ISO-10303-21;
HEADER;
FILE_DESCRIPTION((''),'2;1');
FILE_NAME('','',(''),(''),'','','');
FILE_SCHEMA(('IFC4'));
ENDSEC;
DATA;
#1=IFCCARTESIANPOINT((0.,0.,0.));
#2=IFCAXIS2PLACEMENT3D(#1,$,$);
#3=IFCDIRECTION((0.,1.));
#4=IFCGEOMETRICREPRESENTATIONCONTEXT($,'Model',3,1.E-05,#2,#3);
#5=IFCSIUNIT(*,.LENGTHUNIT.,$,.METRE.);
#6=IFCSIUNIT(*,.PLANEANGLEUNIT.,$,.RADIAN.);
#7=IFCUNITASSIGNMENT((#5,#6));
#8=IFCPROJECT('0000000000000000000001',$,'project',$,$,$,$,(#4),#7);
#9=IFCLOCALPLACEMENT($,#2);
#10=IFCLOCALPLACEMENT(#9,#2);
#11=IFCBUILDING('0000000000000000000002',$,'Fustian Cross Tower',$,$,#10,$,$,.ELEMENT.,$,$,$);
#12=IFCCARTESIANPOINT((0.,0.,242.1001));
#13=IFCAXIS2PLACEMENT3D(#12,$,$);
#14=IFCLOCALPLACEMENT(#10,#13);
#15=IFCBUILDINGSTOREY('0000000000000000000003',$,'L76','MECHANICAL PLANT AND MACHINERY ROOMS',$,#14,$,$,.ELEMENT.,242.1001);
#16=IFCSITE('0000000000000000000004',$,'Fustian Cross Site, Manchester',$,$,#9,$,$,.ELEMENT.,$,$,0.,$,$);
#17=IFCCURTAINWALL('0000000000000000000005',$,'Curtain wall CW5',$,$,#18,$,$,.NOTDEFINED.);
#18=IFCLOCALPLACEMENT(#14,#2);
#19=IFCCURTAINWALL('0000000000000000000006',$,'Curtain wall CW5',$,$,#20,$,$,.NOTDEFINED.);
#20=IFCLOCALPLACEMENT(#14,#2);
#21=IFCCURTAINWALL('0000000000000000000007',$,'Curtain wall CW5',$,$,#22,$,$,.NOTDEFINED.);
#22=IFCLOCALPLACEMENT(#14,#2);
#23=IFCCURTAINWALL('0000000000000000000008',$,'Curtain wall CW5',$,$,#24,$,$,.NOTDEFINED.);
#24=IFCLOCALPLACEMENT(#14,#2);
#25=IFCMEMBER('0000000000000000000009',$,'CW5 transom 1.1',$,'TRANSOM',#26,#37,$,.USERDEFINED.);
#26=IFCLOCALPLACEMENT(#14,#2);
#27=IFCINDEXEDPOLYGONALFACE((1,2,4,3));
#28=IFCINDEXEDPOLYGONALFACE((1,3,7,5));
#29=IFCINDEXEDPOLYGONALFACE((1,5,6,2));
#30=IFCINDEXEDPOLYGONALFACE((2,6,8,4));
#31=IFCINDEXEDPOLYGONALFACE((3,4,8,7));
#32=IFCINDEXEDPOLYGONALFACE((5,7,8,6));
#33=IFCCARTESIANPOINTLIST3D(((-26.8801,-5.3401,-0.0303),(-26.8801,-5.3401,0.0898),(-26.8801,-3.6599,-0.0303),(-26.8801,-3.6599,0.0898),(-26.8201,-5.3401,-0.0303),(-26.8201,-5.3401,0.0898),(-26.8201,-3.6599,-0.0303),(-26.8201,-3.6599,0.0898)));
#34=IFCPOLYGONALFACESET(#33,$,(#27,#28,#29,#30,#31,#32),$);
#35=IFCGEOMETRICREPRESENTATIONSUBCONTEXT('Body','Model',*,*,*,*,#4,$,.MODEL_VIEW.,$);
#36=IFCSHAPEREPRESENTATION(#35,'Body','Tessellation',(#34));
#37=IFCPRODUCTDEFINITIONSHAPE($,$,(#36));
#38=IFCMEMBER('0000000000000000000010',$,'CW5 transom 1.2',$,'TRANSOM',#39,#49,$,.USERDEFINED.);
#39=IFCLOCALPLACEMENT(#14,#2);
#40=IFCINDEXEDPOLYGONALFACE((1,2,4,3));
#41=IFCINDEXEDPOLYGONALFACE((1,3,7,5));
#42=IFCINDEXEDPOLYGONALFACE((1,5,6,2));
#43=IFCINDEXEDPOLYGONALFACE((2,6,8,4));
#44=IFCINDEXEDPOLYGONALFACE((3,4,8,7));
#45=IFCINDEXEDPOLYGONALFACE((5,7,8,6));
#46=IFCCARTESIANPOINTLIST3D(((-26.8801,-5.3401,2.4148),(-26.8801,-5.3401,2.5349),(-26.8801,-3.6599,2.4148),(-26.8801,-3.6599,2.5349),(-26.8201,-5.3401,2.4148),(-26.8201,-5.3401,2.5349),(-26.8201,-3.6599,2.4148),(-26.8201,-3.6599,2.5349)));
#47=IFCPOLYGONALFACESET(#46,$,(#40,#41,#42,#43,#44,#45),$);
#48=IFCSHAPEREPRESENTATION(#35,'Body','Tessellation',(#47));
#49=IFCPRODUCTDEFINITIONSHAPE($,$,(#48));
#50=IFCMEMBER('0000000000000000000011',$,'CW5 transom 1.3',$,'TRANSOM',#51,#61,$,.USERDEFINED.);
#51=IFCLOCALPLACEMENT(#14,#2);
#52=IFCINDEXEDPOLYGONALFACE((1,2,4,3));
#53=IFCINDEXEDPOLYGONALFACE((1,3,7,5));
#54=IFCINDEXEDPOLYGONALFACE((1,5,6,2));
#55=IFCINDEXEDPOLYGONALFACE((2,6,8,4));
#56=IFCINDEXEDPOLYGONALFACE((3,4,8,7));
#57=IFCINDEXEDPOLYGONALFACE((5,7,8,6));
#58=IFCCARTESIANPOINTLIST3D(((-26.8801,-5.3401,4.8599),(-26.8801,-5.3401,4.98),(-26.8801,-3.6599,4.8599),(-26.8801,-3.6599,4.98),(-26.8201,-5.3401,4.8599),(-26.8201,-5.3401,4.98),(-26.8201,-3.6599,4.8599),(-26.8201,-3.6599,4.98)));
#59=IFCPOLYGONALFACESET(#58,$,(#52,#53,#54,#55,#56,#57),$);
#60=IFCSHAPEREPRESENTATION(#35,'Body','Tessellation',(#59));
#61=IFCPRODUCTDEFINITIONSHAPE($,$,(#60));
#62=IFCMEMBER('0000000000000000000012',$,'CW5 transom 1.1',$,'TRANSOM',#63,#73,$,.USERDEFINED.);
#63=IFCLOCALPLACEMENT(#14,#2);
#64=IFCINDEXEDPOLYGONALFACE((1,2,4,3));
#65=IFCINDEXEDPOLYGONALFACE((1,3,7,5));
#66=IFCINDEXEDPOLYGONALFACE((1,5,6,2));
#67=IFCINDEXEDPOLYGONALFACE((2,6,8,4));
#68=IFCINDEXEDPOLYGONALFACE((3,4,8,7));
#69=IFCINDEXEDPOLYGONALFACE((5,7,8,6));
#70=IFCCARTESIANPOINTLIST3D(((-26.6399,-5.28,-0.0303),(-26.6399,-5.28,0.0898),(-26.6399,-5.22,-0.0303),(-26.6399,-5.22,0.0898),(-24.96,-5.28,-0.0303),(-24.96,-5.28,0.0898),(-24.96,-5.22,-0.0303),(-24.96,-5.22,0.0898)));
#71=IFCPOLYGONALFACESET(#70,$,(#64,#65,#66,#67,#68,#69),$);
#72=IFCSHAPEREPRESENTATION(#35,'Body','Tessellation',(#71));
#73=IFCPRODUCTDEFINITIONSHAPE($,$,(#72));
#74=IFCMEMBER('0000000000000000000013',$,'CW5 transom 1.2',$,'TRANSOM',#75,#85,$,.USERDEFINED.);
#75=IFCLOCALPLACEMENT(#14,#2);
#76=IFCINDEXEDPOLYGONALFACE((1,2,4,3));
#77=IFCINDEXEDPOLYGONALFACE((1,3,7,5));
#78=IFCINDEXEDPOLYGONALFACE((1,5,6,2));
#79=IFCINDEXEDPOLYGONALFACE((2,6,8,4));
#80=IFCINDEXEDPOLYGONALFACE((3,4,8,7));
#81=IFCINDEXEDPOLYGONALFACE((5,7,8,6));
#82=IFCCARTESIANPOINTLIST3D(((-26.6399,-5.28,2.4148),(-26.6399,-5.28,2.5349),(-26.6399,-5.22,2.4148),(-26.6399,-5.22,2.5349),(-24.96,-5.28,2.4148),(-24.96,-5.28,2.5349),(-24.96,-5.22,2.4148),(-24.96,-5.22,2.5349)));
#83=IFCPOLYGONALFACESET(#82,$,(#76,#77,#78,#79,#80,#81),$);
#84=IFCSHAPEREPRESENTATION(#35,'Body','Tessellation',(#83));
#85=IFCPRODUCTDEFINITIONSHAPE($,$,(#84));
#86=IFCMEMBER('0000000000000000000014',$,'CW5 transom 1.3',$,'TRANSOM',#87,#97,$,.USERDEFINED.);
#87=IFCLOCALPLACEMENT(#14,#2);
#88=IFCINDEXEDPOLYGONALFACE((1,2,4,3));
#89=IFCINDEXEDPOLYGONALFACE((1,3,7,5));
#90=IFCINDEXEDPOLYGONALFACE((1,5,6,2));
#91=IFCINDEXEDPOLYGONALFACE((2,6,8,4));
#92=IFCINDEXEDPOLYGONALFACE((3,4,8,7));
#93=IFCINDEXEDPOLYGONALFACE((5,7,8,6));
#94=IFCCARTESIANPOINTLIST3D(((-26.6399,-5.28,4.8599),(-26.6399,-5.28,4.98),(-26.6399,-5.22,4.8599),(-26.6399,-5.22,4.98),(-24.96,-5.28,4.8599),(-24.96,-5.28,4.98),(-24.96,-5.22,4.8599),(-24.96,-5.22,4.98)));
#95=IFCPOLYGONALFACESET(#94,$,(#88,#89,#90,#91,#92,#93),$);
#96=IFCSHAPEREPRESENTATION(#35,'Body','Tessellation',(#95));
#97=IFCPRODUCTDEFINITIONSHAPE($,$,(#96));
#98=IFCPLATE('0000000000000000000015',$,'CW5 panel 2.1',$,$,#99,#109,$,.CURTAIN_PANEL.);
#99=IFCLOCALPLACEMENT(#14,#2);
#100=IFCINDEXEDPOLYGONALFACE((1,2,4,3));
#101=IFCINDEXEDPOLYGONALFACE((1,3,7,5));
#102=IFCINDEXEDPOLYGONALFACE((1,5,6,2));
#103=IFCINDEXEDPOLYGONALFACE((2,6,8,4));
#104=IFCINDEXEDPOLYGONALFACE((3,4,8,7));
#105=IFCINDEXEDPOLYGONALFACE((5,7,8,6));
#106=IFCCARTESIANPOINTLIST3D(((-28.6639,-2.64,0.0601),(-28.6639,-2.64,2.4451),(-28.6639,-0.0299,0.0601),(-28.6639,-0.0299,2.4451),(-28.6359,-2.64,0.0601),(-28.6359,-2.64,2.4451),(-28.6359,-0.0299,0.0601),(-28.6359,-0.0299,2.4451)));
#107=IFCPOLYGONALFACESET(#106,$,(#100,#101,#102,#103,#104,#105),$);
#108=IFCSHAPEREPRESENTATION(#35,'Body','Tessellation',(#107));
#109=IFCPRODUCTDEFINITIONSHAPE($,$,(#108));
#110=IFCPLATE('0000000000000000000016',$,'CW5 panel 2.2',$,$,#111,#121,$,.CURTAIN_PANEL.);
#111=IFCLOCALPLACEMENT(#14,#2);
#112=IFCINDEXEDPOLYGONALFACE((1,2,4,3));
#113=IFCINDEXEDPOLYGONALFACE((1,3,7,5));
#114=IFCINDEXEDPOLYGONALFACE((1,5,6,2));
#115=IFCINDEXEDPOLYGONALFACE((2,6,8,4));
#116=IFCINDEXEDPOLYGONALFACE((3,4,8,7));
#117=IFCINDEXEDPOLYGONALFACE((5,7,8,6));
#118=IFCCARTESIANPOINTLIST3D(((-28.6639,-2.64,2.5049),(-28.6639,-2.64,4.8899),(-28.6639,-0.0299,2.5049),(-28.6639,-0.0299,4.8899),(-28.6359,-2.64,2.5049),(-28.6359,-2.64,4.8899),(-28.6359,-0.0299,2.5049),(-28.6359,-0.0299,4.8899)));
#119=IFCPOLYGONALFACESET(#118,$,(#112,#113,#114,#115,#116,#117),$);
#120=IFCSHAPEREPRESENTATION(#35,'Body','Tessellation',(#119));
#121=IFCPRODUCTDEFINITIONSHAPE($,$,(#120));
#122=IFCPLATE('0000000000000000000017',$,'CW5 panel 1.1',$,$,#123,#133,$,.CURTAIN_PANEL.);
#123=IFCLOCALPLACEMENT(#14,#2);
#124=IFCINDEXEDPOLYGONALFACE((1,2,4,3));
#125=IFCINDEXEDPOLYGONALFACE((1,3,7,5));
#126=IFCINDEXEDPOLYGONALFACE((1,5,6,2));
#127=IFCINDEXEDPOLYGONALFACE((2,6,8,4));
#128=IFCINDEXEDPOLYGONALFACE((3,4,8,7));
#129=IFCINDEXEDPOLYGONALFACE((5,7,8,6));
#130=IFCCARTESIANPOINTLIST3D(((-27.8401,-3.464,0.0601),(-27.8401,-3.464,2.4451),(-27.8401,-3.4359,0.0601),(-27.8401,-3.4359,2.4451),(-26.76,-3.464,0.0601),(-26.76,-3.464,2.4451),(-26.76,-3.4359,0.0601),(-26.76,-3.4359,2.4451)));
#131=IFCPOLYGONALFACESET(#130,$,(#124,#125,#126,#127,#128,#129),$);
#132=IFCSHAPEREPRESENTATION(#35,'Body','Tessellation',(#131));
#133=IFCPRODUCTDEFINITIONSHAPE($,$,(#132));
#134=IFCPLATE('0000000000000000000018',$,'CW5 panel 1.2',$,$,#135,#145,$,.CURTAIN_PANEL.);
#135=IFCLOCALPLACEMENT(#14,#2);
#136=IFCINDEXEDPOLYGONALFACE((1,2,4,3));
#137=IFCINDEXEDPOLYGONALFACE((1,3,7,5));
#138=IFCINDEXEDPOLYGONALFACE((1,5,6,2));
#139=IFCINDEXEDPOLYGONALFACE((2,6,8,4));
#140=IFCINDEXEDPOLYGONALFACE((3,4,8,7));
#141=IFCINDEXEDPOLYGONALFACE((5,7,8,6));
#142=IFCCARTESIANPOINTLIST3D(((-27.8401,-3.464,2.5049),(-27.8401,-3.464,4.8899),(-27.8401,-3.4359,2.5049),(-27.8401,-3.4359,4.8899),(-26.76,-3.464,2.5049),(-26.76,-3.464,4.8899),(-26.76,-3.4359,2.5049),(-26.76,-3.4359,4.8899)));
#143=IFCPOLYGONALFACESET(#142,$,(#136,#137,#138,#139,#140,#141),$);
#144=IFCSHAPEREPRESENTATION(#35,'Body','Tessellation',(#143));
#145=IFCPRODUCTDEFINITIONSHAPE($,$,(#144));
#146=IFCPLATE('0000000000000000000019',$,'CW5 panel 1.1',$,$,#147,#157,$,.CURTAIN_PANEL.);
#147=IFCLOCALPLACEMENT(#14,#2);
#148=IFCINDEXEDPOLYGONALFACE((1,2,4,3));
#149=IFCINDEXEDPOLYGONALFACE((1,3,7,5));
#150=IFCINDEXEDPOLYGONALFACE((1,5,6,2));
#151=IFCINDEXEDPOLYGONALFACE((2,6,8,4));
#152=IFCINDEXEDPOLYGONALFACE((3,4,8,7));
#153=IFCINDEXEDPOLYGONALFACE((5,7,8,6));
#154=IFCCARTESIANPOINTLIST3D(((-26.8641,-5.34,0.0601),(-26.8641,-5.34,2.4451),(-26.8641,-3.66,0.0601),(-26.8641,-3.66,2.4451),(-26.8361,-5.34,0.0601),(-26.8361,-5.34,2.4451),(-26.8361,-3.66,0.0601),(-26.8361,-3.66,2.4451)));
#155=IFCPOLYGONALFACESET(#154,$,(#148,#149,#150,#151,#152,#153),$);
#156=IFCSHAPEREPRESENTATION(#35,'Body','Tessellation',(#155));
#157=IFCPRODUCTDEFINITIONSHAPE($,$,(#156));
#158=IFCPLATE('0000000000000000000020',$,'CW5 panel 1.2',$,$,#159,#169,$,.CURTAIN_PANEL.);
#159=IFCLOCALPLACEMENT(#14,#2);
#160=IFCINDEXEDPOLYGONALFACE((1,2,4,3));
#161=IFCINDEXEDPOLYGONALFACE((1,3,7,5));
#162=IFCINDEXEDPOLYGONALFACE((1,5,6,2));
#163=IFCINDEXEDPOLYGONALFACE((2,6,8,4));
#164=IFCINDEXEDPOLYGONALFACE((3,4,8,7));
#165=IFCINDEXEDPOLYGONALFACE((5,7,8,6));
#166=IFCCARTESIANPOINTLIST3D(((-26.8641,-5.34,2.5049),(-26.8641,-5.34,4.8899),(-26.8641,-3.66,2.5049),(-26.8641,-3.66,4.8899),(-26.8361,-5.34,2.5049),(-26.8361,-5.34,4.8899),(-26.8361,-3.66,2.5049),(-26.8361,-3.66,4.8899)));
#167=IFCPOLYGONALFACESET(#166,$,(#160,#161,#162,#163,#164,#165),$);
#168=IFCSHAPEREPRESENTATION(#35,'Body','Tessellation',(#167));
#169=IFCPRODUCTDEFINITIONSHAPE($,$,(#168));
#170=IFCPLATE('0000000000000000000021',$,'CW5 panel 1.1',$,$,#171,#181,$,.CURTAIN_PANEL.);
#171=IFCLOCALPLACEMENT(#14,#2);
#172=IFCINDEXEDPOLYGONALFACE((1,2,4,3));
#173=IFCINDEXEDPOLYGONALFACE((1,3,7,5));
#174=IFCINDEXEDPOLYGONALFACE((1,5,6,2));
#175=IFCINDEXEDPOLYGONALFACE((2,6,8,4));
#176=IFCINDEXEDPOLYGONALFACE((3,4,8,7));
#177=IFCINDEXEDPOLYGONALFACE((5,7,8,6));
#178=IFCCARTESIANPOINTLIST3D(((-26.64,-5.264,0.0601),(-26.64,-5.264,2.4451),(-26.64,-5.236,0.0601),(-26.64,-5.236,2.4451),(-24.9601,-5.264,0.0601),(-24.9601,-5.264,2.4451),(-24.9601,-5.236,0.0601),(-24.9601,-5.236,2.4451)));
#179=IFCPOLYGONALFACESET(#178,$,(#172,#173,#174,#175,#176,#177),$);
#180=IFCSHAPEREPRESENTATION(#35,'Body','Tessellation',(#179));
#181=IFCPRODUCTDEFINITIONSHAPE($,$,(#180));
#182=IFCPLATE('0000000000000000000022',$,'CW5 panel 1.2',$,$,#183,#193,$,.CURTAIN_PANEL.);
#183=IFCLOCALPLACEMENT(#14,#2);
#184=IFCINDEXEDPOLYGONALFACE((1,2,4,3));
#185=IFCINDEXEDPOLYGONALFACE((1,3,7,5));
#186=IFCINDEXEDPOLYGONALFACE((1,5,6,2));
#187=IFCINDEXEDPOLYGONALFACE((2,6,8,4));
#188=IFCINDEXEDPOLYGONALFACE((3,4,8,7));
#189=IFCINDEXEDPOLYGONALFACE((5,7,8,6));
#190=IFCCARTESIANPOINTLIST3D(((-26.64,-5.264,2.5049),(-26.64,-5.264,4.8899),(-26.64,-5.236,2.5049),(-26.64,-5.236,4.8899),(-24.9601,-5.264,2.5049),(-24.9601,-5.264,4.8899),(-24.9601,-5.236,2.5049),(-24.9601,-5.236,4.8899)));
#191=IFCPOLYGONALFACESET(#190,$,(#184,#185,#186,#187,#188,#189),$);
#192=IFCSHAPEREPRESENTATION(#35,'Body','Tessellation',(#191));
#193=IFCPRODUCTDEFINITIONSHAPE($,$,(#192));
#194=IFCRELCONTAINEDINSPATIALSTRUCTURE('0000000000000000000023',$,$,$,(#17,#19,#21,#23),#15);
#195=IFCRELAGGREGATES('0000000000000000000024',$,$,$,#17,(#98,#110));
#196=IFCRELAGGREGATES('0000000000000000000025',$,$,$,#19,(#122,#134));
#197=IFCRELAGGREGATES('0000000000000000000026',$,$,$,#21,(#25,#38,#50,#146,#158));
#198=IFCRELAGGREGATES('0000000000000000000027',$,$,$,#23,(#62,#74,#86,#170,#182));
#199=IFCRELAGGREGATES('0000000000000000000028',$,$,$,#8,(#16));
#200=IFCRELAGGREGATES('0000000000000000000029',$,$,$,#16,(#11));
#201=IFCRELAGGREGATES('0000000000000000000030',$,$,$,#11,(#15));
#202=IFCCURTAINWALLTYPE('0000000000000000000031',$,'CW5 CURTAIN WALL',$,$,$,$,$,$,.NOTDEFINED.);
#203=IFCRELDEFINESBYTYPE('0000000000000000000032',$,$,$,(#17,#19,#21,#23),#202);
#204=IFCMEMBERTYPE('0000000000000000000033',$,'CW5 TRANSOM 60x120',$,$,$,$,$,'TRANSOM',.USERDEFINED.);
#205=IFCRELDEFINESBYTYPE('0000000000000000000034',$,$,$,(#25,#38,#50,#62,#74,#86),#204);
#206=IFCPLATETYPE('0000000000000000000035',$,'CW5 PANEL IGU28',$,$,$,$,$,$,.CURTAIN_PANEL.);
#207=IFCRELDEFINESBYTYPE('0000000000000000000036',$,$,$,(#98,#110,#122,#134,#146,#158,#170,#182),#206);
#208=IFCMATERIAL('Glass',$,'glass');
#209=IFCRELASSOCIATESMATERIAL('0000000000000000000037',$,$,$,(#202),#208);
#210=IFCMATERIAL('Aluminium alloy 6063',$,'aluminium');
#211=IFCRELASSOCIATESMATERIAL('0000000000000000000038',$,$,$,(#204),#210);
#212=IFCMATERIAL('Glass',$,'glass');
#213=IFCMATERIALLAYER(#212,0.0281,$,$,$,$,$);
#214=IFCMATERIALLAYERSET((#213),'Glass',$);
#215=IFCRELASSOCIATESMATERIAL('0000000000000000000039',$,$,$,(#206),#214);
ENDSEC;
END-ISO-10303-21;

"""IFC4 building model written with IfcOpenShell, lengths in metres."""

from ifc_helpers import new_model, si_unit, direction, frame, origin, origin_2d, place, context, subcontext, project, spatial, rectangle, extrude, material, layer, layer_set, material_profile, profile_set, type_object, element, aggregate, save


model = new_model("IFC4")

# Units and contexts
model_context = context("Model", 3, precision=1e-05, world=origin(), true_north=direction((0.0, 1.0)))
body_context = subcontext(model_context, "Body", "Model", "MODEL_VIEW")
ifc_project = project(units=[si_unit("LENGTHUNIT", "METRE"), si_unit("PLANEANGLEUNIT", "RADIAN")], contexts=[model_context])

# Site, building, storey
site_placement = place(None, origin())
site = spatial("IfcSite", under=ifc_project, at=site_placement, Name="Fustian Cross Site, Manchester", CompositionType="ELEMENT", RefElevation=0.0)
building_placement = place(site_placement, origin())
building = spatial("IfcBuilding", under=site, at=building_placement, Name="Fustian Cross Tower", CompositionType="ELEMENT")
storey_placement = place(building_placement, frame((0.0, 0.0, 242.1001)))
storey = spatial("IfcBuildingStorey", under=building, at=storey_placement, Name="L76", Description="MECHANICAL PLANT AND MACHINERY ROOMS", CompositionType="ELEMENT", Elevation=242.1001)

# Curtain walls
ifc_material_1 = material(Name="Glass", Category="glass")
curtain_wall_type = type_object("IfcCurtainWallType", Name="CW5 CURTAIN WALL", PredefinedType="NOTDEFINED", material=ifc_material_1)
curtain_wall_1_placement = place(storey_placement, origin())
curtain_wall_1 = element("IfcCurtainWall", 1, at=curtain_wall_1_placement, inside=storey, type_object=curtain_wall_type, Name="Curtain wall CW5", PredefinedType="NOTDEFINED")
curtain_wall_2_placement = place(storey_placement, origin())
curtain_wall_2 = element("IfcCurtainWall", 2, at=curtain_wall_2_placement, inside=storey, type_object=curtain_wall_type, Name="Curtain wall CW5", PredefinedType="NOTDEFINED")
curtain_wall_3_placement = place(storey_placement, origin())
curtain_wall_3 = element("IfcCurtainWall", 3, at=curtain_wall_3_placement, inside=storey, type_object=curtain_wall_type, Name="Curtain wall CW5", PredefinedType="NOTDEFINED")

# Curtain wall
curtain_wall_4_placement = place(storey_placement, origin())
curtain_wall_4 = element("IfcCurtainWall", 4, at=curtain_wall_4_placement, inside=storey, type_object=curtain_wall_type, Name="Curtain wall CW5", PredefinedType="NOTDEFINED")

# Members
ifc_material_2 = material(Name="Aluminium alloy 6063", Category="aluminium")
ifc_material_profile_1 = material_profile(ifc_material_2, rectangle(XDim=0.0601, YDim=0.1201, at=origin_2d()), Name="CW5 TRANSOM 60x120")
ifc_profile_set_1 = profile_set([ifc_material_profile_1], Name="Aluminium alloy 6063")
member_type_1 = type_object("IfcMemberType", Name="CW5 TRANSOM 60x120", ElementType="TRANSOM", PredefinedType="USERDEFINED", material=ifc_profile_set_1)
member_1_placement = place(storey_placement, frame((-26.8501, -3.6599, 0.0298), z_axis=(0.0, -1.0, 0.0), x_axis=(1.0, 0.0, 0.0)))
member_1 = element("IfcMember", 5, at=member_1_placement, type_object=member_type_1, Name="CW5 transom 1.1", ObjectType="TRANSOM", PredefinedType="USERDEFINED", context=body_context, shape_type="SweptSolid", body=[
    extrude(rectangle(XDim=0.0601, YDim=0.1201, at=origin_2d()), origin(), (0.0, 0.0, 1.0), 1.6802),
])
member_2_placement = place(storey_placement, frame((-26.8501, -3.6599, 2.4749), z_axis=(0.0, -1.0, 0.0), x_axis=(1.0, 0.0, 0.0)))
member_2 = element("IfcMember", 6, at=member_2_placement, type_object=member_type_1, Name="CW5 transom 1.2", ObjectType="TRANSOM", PredefinedType="USERDEFINED", context=body_context, shape_type="SweptSolid", body=[
    extrude(rectangle(XDim=0.0601, YDim=0.1201, at=origin_2d()), origin(), (0.0, 0.0, 1.0), 1.6802),
])
member_3_placement = place(storey_placement, frame((-26.8501, -3.6599, 4.9199), z_axis=(0.0, -1.0, 0.0), x_axis=(1.0, 0.0, 0.0)))
member_3 = element("IfcMember", 7, at=member_3_placement, type_object=member_type_1, Name="CW5 transom 1.3", ObjectType="TRANSOM", PredefinedType="USERDEFINED", context=body_context, shape_type="SweptSolid", body=[
    extrude(rectangle(XDim=0.0601, YDim=0.1201, at=origin_2d()), origin(), (0.0, 0.0, 1.0), 1.6802),
])
member_4_placement = place(storey_placement, frame((-26.6399, -5.25, 0.0298), z_axis=(1.0, 0.0, 0.0), x_axis=(0.0, 1.0, 0.0)))
member_4 = element("IfcMember", 8, at=member_4_placement, type_object=member_type_1, Name="CW5 transom 1.1", ObjectType="TRANSOM", PredefinedType="USERDEFINED", context=body_context, shape_type="SweptSolid", body=[
    extrude(rectangle(XDim=0.0601, YDim=0.1201, at=origin_2d()), origin(), (0.0, 0.0, 1.0), 1.6799),
])
member_5_placement = place(storey_placement, frame((-26.6399, -5.25, 2.4749), z_axis=(1.0, 0.0, 0.0), x_axis=(0.0, 1.0, 0.0)))
member_5 = element("IfcMember", 9, at=member_5_placement, type_object=member_type_1, Name="CW5 transom 1.2", ObjectType="TRANSOM", PredefinedType="USERDEFINED", context=body_context, shape_type="SweptSolid", body=[
    extrude(rectangle(XDim=0.0601, YDim=0.1201, at=origin_2d()), origin(), (0.0, 0.0, 1.0), 1.6799),
])
member_6_placement = place(storey_placement, frame((-26.6399, -5.25, 4.9199), z_axis=(1.0, 0.0, 0.0), x_axis=(0.0, 1.0, 0.0)))
member_6 = element("IfcMember", 10, at=member_6_placement, type_object=member_type_1, Name="CW5 transom 1.3", ObjectType="TRANSOM", PredefinedType="USERDEFINED", context=body_context, shape_type="SweptSolid", body=[
    extrude(rectangle(XDim=0.0601, YDim=0.1201, at=origin_2d()), origin(), (0.0, 0.0, 1.0), 1.6799),
])

# Plates
ifc_material_3 = material(Name="Glass", Category="glass")
ifc_layer_1 = layer(ifc_material_3, 0.0281)
ifc_layer_set_1 = layer_set([ifc_layer_1], Name="Glass")
plate_type = type_object("IfcPlateType", Name="CW5 PANEL IGU28", PredefinedType="CURTAIN_PANEL", material=ifc_layer_set_1)
plate_1_placement = place(storey_placement, frame((-28.6499, -1.335, 0.0601), z_axis=(0.0, 0.0, 1.0), x_axis=(0.0, -1.0, 0.0)))
plate_1 = element("IfcPlate", 11, at=plate_1_placement, type_object=plate_type, Name="CW5 panel 2.1", PredefinedType="CURTAIN_PANEL", context=body_context, shape_type="SweptSolid", body=[
    extrude(rectangle(XDim=2.6101, YDim=0.0281, at=origin_2d()), origin(), (0.0, 0.0, 1.0), 2.385),
])
plate_2_placement = place(storey_placement, frame((-28.6499, -1.335, 2.5049), z_axis=(0.0, 0.0, 1.0), x_axis=(0.0, -1.0, 0.0)))
plate_2 = element("IfcPlate", 12, at=plate_2_placement, type_object=plate_type, Name="CW5 panel 2.2", PredefinedType="CURTAIN_PANEL", context=body_context, shape_type="SweptSolid", body=[
    extrude(rectangle(XDim=2.6101, YDim=0.0281, at=origin_2d()), origin(), (0.0, 0.0, 1.0), 2.385),
])
aggregate(curtain_wall_1, [plate_1, plate_2])
plate_3_placement = place(storey_placement, frame((-27.3, -3.45, 0.0601), z_axis=(0.0, 0.0, 1.0), x_axis=(1.0, 0.0, 0.0)))
plate_3 = element("IfcPlate", 13, at=plate_3_placement, type_object=plate_type, Name="CW5 panel 1.1", PredefinedType="CURTAIN_PANEL", context=body_context, shape_type="SweptSolid", body=[
    extrude(rectangle(XDim=1.0801, YDim=0.0281, at=origin_2d()), origin(), (0.0, 0.0, 1.0), 2.385),
])
plate_4_placement = place(storey_placement, frame((-27.3, -3.45, 2.5049), z_axis=(0.0, 0.0, 1.0), x_axis=(1.0, 0.0, 0.0)))
plate_4 = element("IfcPlate", 14, at=plate_4_placement, type_object=plate_type, Name="CW5 panel 1.2", PredefinedType="CURTAIN_PANEL", context=body_context, shape_type="SweptSolid", body=[
    extrude(rectangle(XDim=1.0801, YDim=0.0281, at=origin_2d()), origin(), (0.0, 0.0, 1.0), 2.385),
])
aggregate(curtain_wall_2, [plate_3, plate_4])
plate_5_placement = place(storey_placement, frame((-26.8501, -4.5, 0.0601), z_axis=(0.0, 0.0, 1.0), x_axis=(0.0, -1.0, 0.0)))
plate_5 = element("IfcPlate", 15, at=plate_5_placement, type_object=plate_type, Name="CW5 panel 1.1", PredefinedType="CURTAIN_PANEL", context=body_context, shape_type="SweptSolid", body=[
    extrude(rectangle(XDim=1.6799, YDim=0.0281, at=origin_2d()), origin(), (0.0, 0.0, 1.0), 2.385),
])
plate_6_placement = place(storey_placement, frame((-26.8501, -4.5, 2.5049), z_axis=(0.0, 0.0, 1.0), x_axis=(0.0, -1.0, 0.0)))
plate_6 = element("IfcPlate", 16, at=plate_6_placement, type_object=plate_type, Name="CW5 panel 1.2", PredefinedType="CURTAIN_PANEL", context=body_context, shape_type="SweptSolid", body=[
    extrude(rectangle(XDim=1.6799, YDim=0.0281, at=origin_2d()), origin(), (0.0, 0.0, 1.0), 2.385),
])
aggregate(curtain_wall_3, [member_1, member_2, member_3, plate_5, plate_6])
plate_7_placement = place(storey_placement, frame((-25.8, -5.25, 0.0601), z_axis=(0.0, 0.0, 1.0), x_axis=(1.0, 0.0, 0.0)))
plate_7 = element("IfcPlate", 17, at=plate_7_placement, type_object=plate_type, Name="CW5 panel 1.1", PredefinedType="CURTAIN_PANEL", context=body_context, shape_type="SweptSolid", body=[
    extrude(rectangle(XDim=1.6799, YDim=0.0281, at=origin_2d()), origin(), (0.0, 0.0, 1.0), 2.385),
])
plate_8_placement = place(storey_placement, frame((-25.8, -5.25, 2.5049), z_axis=(0.0, 0.0, 1.0), x_axis=(1.0, 0.0, 0.0)))
plate_8 = element("IfcPlate", 18, at=plate_8_placement, type_object=plate_type, Name="CW5 panel 1.2", PredefinedType="CURTAIN_PANEL", context=body_context, shape_type="SweptSolid", body=[
    extrude(rectangle(XDim=1.6799, YDim=0.0281, at=origin_2d()), origin(), (0.0, 0.0, 1.0), 2.385),
])
aggregate(curtain_wall_4, [member_4, member_5, member_6, plate_7, plate_8])

save(model, "model.ifc")
